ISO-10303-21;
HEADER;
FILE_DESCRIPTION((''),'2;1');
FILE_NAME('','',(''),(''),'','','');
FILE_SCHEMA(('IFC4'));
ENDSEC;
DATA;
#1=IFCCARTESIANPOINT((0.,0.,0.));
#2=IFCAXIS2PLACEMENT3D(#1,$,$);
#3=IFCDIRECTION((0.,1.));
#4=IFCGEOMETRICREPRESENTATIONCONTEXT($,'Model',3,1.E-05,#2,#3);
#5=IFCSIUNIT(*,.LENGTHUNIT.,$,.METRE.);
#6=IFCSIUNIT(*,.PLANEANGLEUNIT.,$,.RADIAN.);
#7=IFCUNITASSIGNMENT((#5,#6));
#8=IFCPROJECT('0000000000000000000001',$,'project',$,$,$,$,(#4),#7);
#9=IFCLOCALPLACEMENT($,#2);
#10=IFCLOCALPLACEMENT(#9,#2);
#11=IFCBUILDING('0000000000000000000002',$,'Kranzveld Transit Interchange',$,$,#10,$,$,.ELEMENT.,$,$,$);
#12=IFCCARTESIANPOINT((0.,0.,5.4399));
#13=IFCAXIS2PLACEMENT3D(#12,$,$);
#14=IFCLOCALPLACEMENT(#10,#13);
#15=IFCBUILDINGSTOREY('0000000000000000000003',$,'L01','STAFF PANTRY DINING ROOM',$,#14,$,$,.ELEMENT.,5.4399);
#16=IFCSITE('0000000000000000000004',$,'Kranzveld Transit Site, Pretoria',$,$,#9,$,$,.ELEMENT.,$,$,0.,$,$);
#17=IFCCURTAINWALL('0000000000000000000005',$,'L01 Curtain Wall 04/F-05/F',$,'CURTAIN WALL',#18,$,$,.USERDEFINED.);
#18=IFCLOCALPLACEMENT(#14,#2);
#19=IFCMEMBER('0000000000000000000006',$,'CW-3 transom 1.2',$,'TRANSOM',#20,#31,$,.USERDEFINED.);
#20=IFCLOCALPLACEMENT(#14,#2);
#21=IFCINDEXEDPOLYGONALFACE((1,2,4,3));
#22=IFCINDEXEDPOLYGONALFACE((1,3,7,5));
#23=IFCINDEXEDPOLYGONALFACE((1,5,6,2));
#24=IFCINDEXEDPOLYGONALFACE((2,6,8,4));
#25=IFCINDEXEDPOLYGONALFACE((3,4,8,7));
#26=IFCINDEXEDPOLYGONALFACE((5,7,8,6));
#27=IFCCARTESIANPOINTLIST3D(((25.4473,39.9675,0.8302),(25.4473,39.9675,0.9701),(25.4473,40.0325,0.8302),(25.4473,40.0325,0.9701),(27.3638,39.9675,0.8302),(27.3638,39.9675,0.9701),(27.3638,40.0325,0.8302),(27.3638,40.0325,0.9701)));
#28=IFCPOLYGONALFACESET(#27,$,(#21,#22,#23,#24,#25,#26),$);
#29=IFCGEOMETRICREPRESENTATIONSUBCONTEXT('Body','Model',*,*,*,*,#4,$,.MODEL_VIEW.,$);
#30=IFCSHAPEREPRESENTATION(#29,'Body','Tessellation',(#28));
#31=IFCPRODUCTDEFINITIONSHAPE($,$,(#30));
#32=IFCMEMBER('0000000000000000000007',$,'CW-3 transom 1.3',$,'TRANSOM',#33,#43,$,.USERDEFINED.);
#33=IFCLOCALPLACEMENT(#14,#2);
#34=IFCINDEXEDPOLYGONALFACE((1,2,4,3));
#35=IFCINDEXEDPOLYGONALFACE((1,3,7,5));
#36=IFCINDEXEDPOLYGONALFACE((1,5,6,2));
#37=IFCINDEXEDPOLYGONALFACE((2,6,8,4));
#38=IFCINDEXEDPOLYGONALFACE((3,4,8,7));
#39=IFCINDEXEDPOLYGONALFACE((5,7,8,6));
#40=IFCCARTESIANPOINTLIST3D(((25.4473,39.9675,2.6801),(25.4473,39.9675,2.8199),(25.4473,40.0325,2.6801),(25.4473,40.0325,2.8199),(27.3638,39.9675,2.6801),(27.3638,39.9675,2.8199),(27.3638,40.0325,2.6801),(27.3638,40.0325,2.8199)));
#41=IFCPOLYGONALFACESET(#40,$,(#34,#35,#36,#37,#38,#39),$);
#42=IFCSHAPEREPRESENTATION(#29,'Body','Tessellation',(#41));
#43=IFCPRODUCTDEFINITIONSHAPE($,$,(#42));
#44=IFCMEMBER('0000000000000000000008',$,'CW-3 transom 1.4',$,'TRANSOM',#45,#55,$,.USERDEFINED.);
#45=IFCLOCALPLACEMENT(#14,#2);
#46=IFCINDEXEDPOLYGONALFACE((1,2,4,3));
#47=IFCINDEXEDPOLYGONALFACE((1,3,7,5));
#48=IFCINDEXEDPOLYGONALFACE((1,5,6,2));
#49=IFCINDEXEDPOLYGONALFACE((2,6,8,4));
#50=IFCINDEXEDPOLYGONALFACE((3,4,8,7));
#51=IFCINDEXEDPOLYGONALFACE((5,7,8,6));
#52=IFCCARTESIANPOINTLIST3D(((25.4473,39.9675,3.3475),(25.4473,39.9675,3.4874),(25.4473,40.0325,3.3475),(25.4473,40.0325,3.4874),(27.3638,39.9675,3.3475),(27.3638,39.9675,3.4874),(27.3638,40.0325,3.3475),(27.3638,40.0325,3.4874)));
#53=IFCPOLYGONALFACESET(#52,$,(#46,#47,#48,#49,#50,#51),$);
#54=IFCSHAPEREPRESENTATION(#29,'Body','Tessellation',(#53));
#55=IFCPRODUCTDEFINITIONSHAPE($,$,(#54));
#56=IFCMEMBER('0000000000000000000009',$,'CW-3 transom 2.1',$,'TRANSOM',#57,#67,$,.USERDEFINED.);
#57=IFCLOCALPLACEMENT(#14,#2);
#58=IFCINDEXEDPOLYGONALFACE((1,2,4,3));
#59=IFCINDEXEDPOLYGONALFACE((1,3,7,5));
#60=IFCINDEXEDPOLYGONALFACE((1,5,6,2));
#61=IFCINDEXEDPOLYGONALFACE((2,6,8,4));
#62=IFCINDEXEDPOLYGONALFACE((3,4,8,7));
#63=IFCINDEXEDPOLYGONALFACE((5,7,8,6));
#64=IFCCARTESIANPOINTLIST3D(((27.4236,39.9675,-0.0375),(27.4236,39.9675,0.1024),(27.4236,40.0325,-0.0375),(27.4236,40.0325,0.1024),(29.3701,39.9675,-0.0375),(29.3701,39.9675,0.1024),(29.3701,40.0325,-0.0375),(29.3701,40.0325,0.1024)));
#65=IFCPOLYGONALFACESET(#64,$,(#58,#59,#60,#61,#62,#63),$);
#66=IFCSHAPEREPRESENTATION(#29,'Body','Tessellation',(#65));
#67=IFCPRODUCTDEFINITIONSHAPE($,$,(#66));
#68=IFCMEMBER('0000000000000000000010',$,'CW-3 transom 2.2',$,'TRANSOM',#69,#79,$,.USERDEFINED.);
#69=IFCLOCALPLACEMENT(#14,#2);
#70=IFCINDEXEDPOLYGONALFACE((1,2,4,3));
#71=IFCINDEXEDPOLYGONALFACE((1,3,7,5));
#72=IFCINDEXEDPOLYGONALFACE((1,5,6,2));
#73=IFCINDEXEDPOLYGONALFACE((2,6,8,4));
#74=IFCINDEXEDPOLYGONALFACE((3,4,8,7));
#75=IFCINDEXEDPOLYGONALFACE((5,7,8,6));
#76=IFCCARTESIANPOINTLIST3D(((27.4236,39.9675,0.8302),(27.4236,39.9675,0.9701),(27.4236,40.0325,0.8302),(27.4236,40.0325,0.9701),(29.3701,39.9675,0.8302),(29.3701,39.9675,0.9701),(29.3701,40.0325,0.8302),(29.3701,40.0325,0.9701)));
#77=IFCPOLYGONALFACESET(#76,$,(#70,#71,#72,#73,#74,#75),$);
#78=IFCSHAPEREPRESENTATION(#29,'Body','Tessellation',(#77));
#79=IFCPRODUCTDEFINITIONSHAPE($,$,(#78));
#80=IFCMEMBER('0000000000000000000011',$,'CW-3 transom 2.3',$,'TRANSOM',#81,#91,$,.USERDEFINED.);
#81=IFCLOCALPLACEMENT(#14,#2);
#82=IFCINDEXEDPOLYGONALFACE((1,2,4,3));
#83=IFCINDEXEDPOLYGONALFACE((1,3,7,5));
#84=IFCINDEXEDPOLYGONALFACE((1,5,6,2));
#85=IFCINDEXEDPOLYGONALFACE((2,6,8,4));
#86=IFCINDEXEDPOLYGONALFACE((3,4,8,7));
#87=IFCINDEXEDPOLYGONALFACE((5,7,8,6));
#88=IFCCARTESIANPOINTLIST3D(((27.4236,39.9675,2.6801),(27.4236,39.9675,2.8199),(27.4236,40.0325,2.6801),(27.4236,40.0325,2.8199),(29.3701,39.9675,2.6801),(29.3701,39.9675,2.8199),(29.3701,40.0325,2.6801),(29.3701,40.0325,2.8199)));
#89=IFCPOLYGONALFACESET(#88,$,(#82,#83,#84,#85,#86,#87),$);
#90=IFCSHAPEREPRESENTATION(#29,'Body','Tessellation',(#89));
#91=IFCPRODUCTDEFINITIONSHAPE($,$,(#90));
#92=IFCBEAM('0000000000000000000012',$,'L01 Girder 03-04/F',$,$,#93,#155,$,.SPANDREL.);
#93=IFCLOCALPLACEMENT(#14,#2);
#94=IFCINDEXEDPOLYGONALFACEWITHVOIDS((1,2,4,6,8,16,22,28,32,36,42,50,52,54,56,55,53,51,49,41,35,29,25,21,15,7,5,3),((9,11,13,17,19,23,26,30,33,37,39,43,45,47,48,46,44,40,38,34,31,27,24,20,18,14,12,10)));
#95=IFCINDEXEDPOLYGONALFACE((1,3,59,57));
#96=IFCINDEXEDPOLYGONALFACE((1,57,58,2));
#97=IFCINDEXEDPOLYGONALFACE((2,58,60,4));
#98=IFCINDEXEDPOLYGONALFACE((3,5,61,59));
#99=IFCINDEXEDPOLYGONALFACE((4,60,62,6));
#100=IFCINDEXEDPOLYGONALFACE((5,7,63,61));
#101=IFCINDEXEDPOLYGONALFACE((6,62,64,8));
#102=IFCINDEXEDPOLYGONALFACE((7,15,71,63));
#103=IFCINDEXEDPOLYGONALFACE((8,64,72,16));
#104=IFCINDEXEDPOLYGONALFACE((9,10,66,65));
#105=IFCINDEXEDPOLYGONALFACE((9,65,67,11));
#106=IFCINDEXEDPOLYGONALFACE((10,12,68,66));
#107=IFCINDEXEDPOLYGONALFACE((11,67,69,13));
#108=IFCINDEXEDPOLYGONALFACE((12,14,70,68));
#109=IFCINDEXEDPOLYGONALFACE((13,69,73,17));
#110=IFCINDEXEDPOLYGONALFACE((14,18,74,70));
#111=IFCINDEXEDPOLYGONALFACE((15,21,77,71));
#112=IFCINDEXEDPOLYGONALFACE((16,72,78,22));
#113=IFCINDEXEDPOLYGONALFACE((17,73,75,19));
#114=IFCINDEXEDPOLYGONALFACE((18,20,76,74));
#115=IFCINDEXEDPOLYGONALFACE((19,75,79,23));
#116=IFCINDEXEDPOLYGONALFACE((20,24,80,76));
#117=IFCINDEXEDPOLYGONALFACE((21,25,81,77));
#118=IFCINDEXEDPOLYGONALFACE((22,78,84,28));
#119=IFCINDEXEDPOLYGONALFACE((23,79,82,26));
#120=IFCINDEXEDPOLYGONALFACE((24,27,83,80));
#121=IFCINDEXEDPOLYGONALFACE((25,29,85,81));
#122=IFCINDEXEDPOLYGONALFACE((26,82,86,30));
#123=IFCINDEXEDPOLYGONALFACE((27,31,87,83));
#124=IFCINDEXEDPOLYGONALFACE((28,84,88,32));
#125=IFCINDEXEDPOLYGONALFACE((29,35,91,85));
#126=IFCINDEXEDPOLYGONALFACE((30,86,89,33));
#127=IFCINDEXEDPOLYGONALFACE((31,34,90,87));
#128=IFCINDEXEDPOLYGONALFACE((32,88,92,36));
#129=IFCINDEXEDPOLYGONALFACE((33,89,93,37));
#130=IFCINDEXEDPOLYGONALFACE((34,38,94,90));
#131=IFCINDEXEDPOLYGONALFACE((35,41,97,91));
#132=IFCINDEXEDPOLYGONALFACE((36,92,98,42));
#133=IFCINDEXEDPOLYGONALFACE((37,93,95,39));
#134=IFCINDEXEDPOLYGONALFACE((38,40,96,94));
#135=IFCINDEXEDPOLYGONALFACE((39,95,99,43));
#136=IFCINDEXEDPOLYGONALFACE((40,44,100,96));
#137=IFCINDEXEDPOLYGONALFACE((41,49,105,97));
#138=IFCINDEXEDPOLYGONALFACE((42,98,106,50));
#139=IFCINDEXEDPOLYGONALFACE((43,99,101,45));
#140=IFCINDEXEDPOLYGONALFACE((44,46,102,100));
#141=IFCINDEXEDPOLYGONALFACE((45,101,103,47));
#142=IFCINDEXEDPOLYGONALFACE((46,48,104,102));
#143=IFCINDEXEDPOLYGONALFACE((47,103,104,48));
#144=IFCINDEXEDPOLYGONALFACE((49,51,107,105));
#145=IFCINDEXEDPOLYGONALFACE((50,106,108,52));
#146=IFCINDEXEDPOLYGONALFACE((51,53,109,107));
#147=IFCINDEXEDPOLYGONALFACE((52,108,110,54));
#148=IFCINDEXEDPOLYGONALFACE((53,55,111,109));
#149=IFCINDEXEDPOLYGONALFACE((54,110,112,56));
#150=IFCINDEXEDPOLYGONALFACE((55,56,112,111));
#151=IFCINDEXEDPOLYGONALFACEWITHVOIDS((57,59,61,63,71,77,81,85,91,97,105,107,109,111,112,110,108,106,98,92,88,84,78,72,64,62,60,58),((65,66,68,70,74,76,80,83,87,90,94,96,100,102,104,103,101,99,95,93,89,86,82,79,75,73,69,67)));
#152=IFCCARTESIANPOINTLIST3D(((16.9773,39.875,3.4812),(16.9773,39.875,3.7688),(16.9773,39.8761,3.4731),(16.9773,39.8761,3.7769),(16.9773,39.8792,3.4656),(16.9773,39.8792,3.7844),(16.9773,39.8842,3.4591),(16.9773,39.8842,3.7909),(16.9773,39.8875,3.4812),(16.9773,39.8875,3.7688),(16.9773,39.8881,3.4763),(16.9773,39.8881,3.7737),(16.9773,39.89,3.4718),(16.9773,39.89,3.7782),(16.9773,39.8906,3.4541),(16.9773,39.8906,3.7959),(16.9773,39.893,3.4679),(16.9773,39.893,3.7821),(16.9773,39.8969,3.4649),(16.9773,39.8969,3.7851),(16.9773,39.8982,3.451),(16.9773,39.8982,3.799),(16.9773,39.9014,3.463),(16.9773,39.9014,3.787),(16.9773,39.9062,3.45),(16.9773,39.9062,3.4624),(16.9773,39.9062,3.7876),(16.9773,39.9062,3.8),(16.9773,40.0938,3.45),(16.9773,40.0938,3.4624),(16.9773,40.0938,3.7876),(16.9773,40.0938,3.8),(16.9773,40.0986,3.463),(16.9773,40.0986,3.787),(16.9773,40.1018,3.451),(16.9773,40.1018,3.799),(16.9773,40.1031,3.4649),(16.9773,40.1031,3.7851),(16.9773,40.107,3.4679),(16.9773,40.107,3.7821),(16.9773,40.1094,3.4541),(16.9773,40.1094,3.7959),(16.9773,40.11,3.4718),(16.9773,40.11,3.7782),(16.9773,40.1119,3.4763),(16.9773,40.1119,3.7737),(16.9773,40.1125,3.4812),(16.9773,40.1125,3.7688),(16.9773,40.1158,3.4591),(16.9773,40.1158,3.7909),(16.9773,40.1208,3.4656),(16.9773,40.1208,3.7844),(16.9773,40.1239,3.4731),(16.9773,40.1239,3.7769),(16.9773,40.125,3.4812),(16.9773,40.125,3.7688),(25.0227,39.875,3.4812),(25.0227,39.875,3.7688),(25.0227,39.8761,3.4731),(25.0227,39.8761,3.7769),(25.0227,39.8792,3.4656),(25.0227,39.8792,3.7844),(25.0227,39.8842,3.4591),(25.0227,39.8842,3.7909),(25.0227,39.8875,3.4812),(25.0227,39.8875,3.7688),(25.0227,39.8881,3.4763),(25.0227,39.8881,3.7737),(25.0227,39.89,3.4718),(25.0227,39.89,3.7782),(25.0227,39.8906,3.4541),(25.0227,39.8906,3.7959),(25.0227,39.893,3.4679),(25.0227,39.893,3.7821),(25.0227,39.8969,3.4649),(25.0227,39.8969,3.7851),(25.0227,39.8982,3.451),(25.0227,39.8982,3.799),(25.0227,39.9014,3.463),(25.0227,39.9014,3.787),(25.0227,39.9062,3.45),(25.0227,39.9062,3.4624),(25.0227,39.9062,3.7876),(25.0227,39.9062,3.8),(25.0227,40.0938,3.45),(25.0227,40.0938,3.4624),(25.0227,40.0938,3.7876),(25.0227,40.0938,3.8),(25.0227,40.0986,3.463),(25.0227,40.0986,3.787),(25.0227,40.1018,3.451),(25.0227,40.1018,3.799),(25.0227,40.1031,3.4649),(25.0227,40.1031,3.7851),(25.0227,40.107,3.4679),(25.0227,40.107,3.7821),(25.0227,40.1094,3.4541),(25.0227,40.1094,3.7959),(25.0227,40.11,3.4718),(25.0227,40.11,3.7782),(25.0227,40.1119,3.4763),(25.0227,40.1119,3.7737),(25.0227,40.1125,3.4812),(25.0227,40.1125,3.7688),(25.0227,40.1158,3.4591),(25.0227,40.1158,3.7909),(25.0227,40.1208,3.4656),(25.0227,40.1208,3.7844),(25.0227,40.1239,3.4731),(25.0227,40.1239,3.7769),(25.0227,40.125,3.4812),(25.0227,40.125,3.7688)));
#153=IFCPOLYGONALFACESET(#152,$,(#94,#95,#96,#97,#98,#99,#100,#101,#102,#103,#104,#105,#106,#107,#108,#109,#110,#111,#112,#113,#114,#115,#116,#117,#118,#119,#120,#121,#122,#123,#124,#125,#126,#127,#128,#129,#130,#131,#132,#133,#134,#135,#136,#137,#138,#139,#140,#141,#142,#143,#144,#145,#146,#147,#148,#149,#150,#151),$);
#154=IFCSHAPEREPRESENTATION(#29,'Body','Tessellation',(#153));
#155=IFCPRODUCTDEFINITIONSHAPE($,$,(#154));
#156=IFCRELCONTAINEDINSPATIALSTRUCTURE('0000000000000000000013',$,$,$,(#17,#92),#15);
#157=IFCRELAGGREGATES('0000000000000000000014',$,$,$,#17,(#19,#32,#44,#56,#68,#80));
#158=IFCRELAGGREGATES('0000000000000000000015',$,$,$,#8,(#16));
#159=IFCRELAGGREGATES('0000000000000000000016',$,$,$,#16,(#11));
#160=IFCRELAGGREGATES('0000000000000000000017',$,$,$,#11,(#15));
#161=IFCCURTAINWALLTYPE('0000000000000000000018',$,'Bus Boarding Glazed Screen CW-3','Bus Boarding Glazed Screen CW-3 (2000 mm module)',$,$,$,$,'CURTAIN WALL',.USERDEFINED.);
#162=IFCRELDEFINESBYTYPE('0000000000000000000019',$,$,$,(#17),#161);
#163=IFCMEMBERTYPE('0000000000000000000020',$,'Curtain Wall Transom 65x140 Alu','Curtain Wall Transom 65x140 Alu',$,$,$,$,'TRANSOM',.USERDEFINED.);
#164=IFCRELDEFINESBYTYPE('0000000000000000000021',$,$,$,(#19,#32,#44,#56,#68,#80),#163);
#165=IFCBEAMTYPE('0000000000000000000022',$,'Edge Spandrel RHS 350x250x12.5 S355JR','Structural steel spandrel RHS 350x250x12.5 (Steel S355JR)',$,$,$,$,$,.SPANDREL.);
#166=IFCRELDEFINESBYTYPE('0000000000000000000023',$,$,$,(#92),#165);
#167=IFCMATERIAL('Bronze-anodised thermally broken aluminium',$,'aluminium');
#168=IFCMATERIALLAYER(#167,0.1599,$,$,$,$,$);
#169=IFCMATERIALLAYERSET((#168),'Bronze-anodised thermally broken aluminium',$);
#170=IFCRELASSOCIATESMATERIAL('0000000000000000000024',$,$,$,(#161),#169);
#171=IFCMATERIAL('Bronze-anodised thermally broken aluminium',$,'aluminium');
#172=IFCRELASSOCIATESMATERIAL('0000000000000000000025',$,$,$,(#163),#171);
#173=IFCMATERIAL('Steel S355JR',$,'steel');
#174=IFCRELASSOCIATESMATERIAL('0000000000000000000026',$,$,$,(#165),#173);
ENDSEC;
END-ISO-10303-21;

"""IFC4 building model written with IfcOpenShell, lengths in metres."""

from ifc_helpers import new_model, si_unit, direction, frame, origin, origin_2d, place, context, subcontext, project, spatial, rectangle, hollow_rectangle, extrude, material, layer, layer_set, material_profile, profile_set, type_object, element, aggregate, save


model = new_model("IFC4")

# Units and contexts
model_context = context("Model", 3, precision=1e-05, world=origin(), true_north=direction((0.0, 1.0)))
body_context = subcontext(model_context, "Body", "Model", "MODEL_VIEW")
ifc_project = project(units=[si_unit("LENGTHUNIT", "METRE"), si_unit("PLANEANGLEUNIT", "RADIAN")], contexts=[model_context])

# Site, building, storey
site_placement = place(None, origin())
site = spatial("IfcSite", under=ifc_project, at=site_placement, Name="Kranzveld Transit Site, Pretoria", CompositionType="ELEMENT", RefElevation=0.0)
building_placement = place(site_placement, origin())
building = spatial("IfcBuilding", under=site, at=building_placement, Name="Kranzveld Transit Interchange", CompositionType="ELEMENT")
storey_placement = place(building_placement, frame((0.0, 0.0, 5.4399)))
storey = spatial("IfcBuildingStorey", under=building, at=storey_placement, Name="L01", Description="STAFF PANTRY DINING ROOM", CompositionType="ELEMENT", Elevation=5.4399)

# Curtain wall, members
ifc_material_1 = material(Name="Bronze-anodised thermally broken aluminium", Category="aluminium")
ifc_layer_1 = layer(ifc_material_1, 0.1599)
ifc_layer_set_1 = layer_set([ifc_layer_1], Name="Bronze-anodised thermally broken aluminium")
curtain_wall_type = type_object("IfcCurtainWallType", Name="Bus Boarding Glazed Screen CW-3", Description="Bus Boarding Glazed Screen CW-3 (2000 mm module)", ElementType="CURTAIN WALL", PredefinedType="USERDEFINED", material=ifc_layer_set_1)
curtain_wall_placement = place(storey_placement, origin())
curtain_wall = element("IfcCurtainWall", 1, at=curtain_wall_placement, inside=storey, type_object=curtain_wall_type, Name="L01 Curtain Wall 04/F-05/F", ObjectType="CURTAIN WALL", PredefinedType="USERDEFINED")
ifc_material_2 = material(Name="Bronze-anodised thermally broken aluminium", Category="aluminium")
ifc_material_profile_1 = material_profile(ifc_material_2, rectangle(XDim=0.0649, YDim=0.1399, at=origin_2d()), Name="ALU TRANSOM 65x140")
ifc_profile_set_1 = profile_set([ifc_material_profile_1], Name="Bronze-anodised thermally broken aluminium")
member_type_1 = type_object("IfcMemberType", Name="Curtain Wall Transom 65x140 Alu", Description="Curtain Wall Transom 65x140 Alu", ElementType="TRANSOM", PredefinedType="USERDEFINED", material=ifc_profile_set_1)
member_1_placement = place(storey_placement, frame((25.4473, 40.0, 0.9001), z_axis=(1.0, 0.0, 0.0), x_axis=(0.0, 1.0, 0.0)))
member_1 = element("IfcMember", 2, at=member_1_placement, type_object=member_type_1, Name="CW-3 transom 1.2", ObjectType="TRANSOM", PredefinedType="USERDEFINED", context=body_context, shape_type="SweptSolid", body=[
    extrude(rectangle(XDim=0.0649, YDim=0.1399, at=origin_2d()), origin(), (0.0, 0.0, 1.0), 1.9165),
])
member_2_placement = place(storey_placement, frame((25.4473, 40.0, 2.75), z_axis=(1.0, 0.0, 0.0), x_axis=(0.0, 1.0, 0.0)))
member_2 = element("IfcMember", 3, at=member_2_placement, type_object=member_type_1, Name="CW-3 transom 1.3", ObjectType="TRANSOM", PredefinedType="USERDEFINED", context=body_context, shape_type="SweptSolid", body=[
    extrude(rectangle(XDim=0.0649, YDim=0.1399, at=origin_2d()), origin(), (0.0, 0.0, 1.0), 1.9165),
])
member_3_placement = place(storey_placement, frame((25.4473, 40.0, 3.4175), z_axis=(1.0, 0.0, 0.0), x_axis=(0.0, 1.0, 0.0)))
member_3 = element("IfcMember", 4, at=member_3_placement, type_object=member_type_1, Name="CW-3 transom 1.4", ObjectType="TRANSOM", PredefinedType="USERDEFINED", context=body_context, shape_type="SweptSolid", body=[
    extrude(rectangle(XDim=0.0649, YDim=0.1399, at=origin_2d()), origin(), (0.0, 0.0, 1.0), 1.9165),
])
member_4_placement = place(storey_placement, frame((27.4236, 40.0, 0.0325), z_axis=(1.0, 0.0, 0.0), x_axis=(0.0, 1.0, 0.0)))
member_4 = element("IfcMember", 5, at=member_4_placement, type_object=member_type_1, Name="CW-3 transom 2.1", ObjectType="TRANSOM", PredefinedType="USERDEFINED", context=body_context, shape_type="SweptSolid", body=[
    extrude(rectangle(XDim=0.0649, YDim=0.1399, at=origin_2d()), origin(), (0.0, 0.0, 1.0), 1.9465),
])
member_5_placement = place(storey_placement, frame((27.4236, 40.0, 0.9001), z_axis=(1.0, 0.0, 0.0), x_axis=(0.0, 1.0, 0.0)))
member_5 = element("IfcMember", 6, at=member_5_placement, type_object=member_type_1, Name="CW-3 transom 2.2", ObjectType="TRANSOM", PredefinedType="USERDEFINED", context=body_context, shape_type="SweptSolid", body=[
    extrude(rectangle(XDim=0.0649, YDim=0.1399, at=origin_2d()), origin(), (0.0, 0.0, 1.0), 1.9465),
])
member_6_placement = place(storey_placement, frame((27.4236, 40.0, 2.75), z_axis=(1.0, 0.0, 0.0), x_axis=(0.0, 1.0, 0.0)))
member_6 = element("IfcMember", 7, at=member_6_placement, type_object=member_type_1, Name="CW-3 transom 2.3", ObjectType="TRANSOM", PredefinedType="USERDEFINED", context=body_context, shape_type="SweptSolid", body=[
    extrude(rectangle(XDim=0.0649, YDim=0.1399, at=origin_2d()), origin(), (0.0, 0.0, 1.0), 1.9465),
])

# Beam
ifc_material_3 = material(Name="Steel S355JR", Category="steel")
ifc_material_profile_2 = material_profile(ifc_material_3, hollow_rectangle(XDim=0.25, YDim=0.3501, WallThickness=0.0125, InnerFilletRadius=0.0188, OuterFilletRadius=0.0312, at=origin_2d()), Name="RHS 350x250x12.5")
ifc_profile_set_2 = profile_set([ifc_material_profile_2], Name="Steel S355JR")
beam_type_1 = type_object("IfcBeamType", Name="Edge Spandrel RHS 350x250x12.5 S355JR", Description="Structural steel spandrel RHS 350x250x12.5 (Steel S355JR)", PredefinedType="SPANDREL", material=ifc_profile_set_2)
for number, where, z_axis, x_axis, name in (
    (8, (16.9773, 40.0, 3.625), (1.0, 0.0, 0.0), (0.0, 1.0, 0.0), "L01 Girder 03-04/F"),
):
    element("IfcBeam", number, at=place(storey_placement, frame(where, z_axis=z_axis, x_axis=x_axis)), inside=storey, type_object=beam_type_1, Name=name, PredefinedType="SPANDREL", context=body_context, shape_type="SweptSolid", body=[
        extrude(hollow_rectangle(XDim=0.25, YDim=0.3501, WallThickness=0.0125, InnerFilletRadius=0.0188, OuterFilletRadius=0.0312, at=origin_2d()), origin(), (0.0, 0.0, 1.0), 8.0454),
    ])

aggregate(curtain_wall, [member_1, member_2, member_3, member_4, member_5, member_6])

save(model, "model.ifc")
